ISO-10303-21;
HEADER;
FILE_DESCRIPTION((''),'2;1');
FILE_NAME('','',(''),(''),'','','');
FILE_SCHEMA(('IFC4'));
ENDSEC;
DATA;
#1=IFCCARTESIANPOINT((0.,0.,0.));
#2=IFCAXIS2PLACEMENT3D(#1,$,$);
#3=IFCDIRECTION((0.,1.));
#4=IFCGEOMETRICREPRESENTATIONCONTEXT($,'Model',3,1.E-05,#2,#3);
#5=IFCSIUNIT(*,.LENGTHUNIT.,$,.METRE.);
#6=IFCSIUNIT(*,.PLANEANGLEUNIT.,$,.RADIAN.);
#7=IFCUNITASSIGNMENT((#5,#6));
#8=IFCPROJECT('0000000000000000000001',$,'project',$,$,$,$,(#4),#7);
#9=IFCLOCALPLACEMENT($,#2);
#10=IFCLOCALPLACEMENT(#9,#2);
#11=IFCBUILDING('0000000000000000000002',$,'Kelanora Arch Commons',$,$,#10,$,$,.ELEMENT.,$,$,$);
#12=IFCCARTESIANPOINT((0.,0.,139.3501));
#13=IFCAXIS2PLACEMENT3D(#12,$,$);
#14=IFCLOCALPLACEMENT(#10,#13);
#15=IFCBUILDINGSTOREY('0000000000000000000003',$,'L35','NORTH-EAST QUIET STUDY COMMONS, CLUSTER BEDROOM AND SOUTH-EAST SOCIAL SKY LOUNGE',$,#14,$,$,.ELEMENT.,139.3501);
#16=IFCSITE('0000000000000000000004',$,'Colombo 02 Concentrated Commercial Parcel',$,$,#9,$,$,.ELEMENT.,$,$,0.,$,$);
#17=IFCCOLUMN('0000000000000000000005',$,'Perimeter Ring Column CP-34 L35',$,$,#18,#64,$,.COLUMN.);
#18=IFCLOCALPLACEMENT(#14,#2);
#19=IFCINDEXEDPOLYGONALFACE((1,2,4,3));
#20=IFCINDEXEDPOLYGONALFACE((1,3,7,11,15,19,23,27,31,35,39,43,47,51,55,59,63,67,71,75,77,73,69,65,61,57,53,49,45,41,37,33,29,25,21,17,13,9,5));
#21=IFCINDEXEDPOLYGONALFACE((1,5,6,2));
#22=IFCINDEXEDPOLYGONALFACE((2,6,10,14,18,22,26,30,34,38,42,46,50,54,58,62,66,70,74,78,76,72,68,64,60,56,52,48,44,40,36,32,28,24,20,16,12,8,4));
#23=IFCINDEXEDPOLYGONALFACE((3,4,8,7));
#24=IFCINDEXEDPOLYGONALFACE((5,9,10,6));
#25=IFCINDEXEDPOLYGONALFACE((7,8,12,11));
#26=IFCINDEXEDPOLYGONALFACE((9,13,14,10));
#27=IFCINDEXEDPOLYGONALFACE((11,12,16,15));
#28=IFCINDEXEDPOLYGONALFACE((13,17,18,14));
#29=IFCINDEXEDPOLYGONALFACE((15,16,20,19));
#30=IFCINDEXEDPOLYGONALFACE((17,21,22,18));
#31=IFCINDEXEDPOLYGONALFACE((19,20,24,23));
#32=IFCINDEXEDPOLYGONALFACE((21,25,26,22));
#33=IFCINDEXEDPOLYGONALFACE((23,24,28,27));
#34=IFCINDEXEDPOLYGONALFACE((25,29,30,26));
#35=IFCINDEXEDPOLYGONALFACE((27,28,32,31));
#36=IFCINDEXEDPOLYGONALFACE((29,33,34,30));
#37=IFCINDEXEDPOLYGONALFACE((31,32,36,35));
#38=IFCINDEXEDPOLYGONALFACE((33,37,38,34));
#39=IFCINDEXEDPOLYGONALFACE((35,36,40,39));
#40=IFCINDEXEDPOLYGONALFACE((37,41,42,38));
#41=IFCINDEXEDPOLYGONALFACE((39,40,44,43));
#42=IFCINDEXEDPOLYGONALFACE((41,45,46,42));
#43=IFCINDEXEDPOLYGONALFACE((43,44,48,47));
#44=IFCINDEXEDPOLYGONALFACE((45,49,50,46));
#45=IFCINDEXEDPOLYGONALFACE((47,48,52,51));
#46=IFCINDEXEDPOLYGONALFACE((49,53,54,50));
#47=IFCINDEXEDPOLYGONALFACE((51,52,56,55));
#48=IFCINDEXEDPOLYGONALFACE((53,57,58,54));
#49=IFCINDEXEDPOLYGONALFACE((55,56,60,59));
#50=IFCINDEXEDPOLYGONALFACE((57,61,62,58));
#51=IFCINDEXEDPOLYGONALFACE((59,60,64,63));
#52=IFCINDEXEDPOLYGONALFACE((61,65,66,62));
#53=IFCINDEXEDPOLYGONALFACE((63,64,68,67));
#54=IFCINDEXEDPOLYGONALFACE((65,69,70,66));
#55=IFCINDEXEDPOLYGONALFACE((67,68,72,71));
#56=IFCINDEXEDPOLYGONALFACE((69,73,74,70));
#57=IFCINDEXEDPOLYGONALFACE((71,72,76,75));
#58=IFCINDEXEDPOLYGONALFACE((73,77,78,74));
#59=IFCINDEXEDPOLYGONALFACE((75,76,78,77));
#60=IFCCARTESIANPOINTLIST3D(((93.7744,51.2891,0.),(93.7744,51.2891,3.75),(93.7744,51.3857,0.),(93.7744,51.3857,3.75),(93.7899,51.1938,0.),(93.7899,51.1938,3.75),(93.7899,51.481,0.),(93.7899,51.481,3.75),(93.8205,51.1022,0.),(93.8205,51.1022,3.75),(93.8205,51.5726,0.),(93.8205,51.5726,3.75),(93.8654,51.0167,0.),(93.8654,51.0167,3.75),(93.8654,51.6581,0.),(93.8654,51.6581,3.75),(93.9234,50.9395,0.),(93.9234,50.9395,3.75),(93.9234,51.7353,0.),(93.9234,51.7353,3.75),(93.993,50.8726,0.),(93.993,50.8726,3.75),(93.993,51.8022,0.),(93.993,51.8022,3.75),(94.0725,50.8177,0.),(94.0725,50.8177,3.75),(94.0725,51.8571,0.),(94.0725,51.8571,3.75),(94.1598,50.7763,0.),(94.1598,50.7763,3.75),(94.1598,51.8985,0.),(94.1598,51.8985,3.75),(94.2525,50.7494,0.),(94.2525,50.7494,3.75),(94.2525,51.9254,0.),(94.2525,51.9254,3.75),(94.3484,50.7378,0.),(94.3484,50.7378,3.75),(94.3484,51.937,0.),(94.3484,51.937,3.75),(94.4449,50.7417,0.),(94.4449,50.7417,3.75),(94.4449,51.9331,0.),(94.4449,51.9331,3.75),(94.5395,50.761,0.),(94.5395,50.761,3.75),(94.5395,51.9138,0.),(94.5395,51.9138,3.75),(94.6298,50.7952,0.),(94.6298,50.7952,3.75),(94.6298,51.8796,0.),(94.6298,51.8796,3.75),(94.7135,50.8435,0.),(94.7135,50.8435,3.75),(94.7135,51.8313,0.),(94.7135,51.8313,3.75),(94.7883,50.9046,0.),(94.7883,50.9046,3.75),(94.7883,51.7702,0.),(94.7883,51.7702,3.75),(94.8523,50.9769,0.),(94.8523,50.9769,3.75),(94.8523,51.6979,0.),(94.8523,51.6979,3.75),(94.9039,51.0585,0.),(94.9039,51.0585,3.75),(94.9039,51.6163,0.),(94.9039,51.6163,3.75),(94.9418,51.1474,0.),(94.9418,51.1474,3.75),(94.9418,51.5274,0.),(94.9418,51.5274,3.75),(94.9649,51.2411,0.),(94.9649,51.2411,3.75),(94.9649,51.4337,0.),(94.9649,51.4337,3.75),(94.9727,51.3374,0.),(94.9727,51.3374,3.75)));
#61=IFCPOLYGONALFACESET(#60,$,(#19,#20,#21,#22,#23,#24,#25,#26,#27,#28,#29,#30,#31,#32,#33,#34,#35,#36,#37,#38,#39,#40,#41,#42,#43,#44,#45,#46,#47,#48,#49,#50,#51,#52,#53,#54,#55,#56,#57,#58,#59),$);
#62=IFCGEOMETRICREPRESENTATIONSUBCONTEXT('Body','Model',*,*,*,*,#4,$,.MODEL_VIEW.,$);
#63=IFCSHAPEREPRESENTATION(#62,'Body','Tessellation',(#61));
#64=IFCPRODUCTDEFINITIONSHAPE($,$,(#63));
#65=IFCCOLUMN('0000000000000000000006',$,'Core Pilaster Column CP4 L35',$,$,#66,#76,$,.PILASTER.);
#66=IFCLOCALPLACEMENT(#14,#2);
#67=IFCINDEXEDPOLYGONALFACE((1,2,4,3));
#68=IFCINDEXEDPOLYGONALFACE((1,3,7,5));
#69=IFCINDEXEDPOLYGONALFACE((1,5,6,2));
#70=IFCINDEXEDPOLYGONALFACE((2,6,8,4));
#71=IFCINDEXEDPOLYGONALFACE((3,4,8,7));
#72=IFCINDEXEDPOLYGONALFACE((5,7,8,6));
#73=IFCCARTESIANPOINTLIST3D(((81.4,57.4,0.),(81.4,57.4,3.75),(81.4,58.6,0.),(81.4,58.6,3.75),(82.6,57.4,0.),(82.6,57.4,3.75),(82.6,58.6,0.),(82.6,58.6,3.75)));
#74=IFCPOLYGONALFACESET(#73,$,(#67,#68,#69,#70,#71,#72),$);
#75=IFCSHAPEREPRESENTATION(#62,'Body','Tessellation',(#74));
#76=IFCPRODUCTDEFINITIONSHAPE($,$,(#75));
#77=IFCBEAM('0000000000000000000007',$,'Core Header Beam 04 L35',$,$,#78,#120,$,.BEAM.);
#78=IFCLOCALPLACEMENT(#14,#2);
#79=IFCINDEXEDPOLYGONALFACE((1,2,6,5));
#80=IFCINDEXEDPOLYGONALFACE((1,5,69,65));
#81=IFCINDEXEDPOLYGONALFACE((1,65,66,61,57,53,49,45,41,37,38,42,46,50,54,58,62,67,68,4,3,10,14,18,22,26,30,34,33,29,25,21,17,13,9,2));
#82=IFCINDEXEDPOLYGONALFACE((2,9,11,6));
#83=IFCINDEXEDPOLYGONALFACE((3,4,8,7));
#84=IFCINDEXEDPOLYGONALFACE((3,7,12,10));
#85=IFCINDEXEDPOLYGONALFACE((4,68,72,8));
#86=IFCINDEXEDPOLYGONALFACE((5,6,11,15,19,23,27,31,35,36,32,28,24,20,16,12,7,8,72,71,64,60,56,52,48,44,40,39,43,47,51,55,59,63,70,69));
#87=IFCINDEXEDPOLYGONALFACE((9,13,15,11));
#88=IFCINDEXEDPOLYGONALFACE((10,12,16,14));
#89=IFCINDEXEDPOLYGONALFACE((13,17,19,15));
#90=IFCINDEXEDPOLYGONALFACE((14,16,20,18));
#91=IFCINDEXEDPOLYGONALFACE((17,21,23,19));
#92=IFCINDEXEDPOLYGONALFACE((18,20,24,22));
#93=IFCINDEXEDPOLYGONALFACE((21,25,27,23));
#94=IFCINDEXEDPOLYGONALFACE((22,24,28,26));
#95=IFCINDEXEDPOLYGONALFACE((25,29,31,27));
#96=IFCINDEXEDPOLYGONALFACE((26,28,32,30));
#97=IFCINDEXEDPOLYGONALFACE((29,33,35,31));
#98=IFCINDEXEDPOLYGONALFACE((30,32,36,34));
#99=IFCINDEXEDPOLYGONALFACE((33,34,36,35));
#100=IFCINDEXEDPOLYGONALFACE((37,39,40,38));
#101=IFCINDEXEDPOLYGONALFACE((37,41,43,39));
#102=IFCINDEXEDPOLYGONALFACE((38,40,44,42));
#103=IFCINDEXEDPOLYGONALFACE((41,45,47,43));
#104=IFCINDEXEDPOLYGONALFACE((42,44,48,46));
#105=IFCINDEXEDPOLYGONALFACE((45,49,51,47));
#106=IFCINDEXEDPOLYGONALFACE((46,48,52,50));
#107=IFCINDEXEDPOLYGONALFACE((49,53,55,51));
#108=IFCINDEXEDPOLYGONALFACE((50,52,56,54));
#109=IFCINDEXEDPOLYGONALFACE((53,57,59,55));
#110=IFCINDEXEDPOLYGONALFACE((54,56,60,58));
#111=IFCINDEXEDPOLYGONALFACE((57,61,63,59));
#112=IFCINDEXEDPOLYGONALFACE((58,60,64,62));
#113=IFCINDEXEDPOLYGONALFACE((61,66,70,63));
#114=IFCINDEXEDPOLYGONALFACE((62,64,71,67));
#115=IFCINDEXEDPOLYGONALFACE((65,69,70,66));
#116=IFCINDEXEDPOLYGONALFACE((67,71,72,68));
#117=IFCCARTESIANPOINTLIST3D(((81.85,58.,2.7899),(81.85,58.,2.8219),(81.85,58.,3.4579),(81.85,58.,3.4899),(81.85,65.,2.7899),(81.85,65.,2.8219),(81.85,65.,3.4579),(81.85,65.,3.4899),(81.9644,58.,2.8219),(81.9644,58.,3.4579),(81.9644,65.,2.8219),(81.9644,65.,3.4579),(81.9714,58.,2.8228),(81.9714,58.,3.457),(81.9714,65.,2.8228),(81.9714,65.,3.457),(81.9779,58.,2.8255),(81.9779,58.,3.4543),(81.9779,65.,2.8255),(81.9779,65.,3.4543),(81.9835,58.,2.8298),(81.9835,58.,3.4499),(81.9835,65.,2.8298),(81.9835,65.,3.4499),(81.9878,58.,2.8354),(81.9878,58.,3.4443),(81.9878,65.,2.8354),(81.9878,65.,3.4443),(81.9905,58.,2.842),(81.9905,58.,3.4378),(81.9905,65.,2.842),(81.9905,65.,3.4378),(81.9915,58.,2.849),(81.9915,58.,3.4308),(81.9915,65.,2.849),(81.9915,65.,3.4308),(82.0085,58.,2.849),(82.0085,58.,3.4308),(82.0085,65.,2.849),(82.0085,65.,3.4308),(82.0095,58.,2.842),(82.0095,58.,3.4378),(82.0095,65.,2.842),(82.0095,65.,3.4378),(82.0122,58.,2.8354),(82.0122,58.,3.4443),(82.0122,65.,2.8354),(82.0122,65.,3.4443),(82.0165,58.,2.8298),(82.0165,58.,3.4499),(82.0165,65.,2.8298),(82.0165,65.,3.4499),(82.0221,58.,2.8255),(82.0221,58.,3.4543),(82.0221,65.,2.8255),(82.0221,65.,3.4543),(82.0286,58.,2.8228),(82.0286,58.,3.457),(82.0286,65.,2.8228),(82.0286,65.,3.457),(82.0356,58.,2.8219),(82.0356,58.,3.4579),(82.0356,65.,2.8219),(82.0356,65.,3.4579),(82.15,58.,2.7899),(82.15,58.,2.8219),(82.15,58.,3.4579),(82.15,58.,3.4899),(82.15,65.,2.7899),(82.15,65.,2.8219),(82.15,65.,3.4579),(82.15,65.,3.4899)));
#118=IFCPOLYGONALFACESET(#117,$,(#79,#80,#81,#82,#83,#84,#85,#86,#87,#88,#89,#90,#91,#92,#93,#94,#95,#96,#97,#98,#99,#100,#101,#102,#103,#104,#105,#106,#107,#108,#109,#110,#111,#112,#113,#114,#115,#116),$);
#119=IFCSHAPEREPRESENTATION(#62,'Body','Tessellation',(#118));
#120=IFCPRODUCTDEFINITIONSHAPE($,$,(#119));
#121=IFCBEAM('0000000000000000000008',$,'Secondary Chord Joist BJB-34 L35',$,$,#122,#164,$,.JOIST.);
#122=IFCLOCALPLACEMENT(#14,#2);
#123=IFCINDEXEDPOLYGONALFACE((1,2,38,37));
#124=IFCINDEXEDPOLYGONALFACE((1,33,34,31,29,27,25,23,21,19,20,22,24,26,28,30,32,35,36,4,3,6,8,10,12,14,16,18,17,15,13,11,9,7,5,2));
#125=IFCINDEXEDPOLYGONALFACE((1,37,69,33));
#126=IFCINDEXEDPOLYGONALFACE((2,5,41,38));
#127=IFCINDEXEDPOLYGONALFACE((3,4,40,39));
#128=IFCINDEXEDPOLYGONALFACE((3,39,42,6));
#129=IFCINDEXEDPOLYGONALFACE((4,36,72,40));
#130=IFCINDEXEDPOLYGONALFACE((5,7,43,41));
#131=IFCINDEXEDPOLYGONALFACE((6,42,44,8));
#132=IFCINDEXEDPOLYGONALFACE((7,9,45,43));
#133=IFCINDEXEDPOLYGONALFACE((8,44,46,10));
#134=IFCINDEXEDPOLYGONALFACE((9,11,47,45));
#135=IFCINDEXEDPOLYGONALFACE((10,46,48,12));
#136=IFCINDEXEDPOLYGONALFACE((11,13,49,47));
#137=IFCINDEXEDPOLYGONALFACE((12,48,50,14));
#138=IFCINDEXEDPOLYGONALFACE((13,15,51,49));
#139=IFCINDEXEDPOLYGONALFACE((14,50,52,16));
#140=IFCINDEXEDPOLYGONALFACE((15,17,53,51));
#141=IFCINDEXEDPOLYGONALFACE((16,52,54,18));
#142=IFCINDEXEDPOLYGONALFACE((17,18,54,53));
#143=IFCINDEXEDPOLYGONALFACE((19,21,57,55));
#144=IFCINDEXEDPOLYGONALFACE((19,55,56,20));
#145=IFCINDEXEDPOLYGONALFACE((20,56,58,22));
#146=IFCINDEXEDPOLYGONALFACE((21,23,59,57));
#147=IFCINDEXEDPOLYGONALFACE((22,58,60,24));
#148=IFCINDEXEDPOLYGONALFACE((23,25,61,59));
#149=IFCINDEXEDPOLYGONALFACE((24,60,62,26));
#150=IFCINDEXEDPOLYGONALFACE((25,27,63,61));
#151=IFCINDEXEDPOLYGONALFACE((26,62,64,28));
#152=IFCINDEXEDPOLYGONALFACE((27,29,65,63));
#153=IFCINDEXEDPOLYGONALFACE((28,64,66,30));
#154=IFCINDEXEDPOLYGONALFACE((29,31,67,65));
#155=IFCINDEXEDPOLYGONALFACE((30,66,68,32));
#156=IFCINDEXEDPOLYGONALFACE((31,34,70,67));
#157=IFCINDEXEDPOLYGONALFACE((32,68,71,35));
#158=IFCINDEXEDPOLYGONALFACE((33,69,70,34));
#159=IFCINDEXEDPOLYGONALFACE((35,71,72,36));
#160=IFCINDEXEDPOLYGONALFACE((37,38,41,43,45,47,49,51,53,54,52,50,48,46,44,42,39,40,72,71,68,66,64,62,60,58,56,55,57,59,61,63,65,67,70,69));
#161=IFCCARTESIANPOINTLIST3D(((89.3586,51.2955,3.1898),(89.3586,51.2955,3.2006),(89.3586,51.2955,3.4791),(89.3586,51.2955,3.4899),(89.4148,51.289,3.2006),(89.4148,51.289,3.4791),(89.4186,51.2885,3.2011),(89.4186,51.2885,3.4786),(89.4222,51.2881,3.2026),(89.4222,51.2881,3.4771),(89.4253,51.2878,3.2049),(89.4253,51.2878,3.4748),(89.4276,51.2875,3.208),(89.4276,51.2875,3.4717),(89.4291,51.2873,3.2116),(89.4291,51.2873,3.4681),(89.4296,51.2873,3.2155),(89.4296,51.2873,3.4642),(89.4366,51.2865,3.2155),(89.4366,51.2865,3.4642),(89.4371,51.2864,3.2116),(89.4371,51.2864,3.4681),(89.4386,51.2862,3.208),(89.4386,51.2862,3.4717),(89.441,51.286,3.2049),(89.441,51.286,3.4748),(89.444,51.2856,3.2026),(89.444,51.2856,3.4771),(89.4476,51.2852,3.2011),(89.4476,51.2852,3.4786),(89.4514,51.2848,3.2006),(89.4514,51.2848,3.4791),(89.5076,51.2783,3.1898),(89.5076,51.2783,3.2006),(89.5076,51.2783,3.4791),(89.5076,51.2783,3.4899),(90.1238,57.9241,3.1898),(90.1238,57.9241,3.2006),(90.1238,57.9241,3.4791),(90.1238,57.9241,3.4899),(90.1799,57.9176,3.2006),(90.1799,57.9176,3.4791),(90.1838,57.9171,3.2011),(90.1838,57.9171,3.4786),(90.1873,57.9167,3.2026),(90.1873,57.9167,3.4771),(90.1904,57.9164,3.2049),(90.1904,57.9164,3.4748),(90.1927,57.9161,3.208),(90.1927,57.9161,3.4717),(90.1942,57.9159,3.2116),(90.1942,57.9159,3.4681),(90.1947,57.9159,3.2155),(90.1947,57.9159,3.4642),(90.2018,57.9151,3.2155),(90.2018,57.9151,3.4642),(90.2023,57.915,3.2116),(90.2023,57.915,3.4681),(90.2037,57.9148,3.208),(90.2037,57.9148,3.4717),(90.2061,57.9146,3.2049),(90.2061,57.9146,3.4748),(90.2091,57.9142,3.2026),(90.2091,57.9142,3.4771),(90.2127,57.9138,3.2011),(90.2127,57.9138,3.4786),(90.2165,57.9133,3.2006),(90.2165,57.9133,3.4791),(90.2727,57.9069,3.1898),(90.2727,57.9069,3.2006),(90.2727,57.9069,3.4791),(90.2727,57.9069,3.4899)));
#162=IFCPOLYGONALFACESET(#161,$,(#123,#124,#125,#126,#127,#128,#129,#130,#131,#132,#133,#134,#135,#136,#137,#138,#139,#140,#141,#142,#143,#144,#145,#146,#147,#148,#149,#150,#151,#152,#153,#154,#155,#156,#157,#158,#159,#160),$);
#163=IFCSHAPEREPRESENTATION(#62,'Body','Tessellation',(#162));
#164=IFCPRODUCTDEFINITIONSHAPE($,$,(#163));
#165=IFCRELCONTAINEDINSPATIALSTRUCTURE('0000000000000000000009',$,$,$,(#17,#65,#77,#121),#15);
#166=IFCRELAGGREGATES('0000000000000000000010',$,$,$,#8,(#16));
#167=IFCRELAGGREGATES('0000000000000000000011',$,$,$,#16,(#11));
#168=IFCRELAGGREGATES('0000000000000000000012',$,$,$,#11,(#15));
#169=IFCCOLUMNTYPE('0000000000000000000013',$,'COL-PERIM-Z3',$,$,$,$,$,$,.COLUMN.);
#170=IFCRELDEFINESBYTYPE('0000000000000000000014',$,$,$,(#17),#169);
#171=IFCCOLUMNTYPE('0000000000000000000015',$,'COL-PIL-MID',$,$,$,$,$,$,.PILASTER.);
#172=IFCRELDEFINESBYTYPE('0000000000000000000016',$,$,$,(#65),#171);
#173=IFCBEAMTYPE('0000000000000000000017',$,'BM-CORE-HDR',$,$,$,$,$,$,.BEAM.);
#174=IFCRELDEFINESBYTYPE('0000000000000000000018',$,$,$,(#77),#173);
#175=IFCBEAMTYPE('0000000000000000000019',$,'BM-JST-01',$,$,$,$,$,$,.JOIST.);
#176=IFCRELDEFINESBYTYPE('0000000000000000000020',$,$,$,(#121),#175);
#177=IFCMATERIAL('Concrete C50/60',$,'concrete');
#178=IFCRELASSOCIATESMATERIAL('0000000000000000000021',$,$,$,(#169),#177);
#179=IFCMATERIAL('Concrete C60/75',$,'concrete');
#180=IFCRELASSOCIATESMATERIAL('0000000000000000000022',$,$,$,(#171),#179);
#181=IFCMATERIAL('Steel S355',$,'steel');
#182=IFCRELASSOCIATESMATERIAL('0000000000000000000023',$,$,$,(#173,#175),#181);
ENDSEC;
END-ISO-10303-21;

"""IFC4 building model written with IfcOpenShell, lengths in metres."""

from ifc_helpers import new_model, si_unit, direction, frame, origin, origin_2d, place, context, subcontext, project, spatial, rectangle, circle, i_section, extrude, material, material_profile, profile_set, type_object, element, save


model = new_model("IFC4")

# Units and contexts
model_context = context("Model", 3, precision=1e-05, world=origin(), true_north=direction((0.0, 1.0)))
body_context = subcontext(model_context, "Body", "Model", "MODEL_VIEW")
ifc_project = project(units=[si_unit("LENGTHUNIT", "METRE"), si_unit("PLANEANGLEUNIT", "RADIAN")], contexts=[model_context])

# Site, building, storey
site_placement = place(None, origin())
site = spatial("IfcSite", under=ifc_project, at=site_placement, Name="Colombo 02 Concentrated Commercial Parcel", CompositionType="ELEMENT", RefElevation=0.0)
building_placement = place(site_placement, origin())
building = spatial("IfcBuilding", under=site, at=building_placement, Name="Kelanora Arch Commons", CompositionType="ELEMENT")
storey_placement = place(building_placement, frame((0.0, 0.0, 139.3501)))
storey = spatial("IfcBuildingStorey", under=building, at=storey_placement, Name="L35", Description="NORTH-EAST QUIET STUDY COMMONS, CLUSTER BEDROOM AND SOUTH-EAST SOCIAL SKY LOUNGE", CompositionType="ELEMENT", Elevation=139.3501)

# Columns
ifc_material_1 = material(Name="Concrete C50/60", Category="concrete")
ifc_material_profile_1 = material_profile(ifc_material_1, circle(Radius=0.6001, at=origin_2d()), Name="RCC1200")
ifc_profile_set_1 = profile_set([ifc_material_profile_1], Name="Concrete C50/60")
column_type_1 = type_object("IfcColumnType", Name="COL-PERIM-Z3", PredefinedType="COLUMN", material=ifc_profile_set_1)
column_1_placement = place(storey_placement, frame((94.3726, 51.3374, 0.0), z_axis=(0.0, 0.0, 1.0), x_axis=(1.0, 0.0, 0.0)))
element("IfcColumn", 1, at=column_1_placement, inside=storey, type_object=column_type_1, Name="Perimeter Ring Column CP-34 L35", PredefinedType="COLUMN", context=body_context, shape_type="SweptSolid", body=[
    extrude(circle(Radius=0.6001, at=origin_2d()), origin(), (0.0, 0.0, 1.0), 3.75),
])
ifc_material_2 = material(Name="Concrete C60/75", Category="concrete")
ifc_material_profile_2 = material_profile(ifc_material_2, rectangle(XDim=1.2, YDim=1.2, at=origin_2d()), Name="RC1200x1200")
ifc_profile_set_2 = profile_set([ifc_material_profile_2], Name="Concrete C60/75")
column_type_2 = type_object("IfcColumnType", Name="COL-PIL-MID", PredefinedType="PILASTER", material=ifc_profile_set_2)
column_2_placement = place(storey_placement, frame((82.0, 58.0, 0.0), z_axis=(0.0, 0.0, 1.0), x_axis=(1.0, 0.0, 0.0)))
element("IfcColumn", 2, at=column_2_placement, inside=storey, type_object=column_type_2, Name="Core Pilaster Column CP4 L35", PredefinedType="PILASTER", context=body_context, shape_type="SweptSolid", body=[
    extrude(rectangle(XDim=1.2, YDim=1.2, at=origin_2d()), origin(), (0.0, 0.0, 1.0), 3.75),
])

# Beams
ifc_material_3 = material(Name="Steel S355", Category="steel")
ifc_material_profile_3 = material_profile(ifc_material_3, i_section(OverallWidth=0.3, OverallDepth=0.7, WebThickness=0.0171, FlangeThickness=0.032, FilletRadius=0.0271, at=origin_2d()), Name="HEB700")
ifc_profile_set_3 = profile_set([ifc_material_profile_3], Name="Steel S355")
beam_type_1 = type_object("IfcBeamType", Name="BM-CORE-HDR", PredefinedType="BEAM", material=ifc_profile_set_3)
beam_1_placement = place(storey_placement, frame((82.0, 58.0, 3.1399), z_axis=(0.0, 1.0, 0.0), x_axis=(-1.0, 0.0, 0.0)))
element("IfcBeam", 3, at=beam_1_placement, inside=storey, type_object=beam_type_1, Name="Core Header Beam 04 L35", PredefinedType="BEAM", context=body_context, shape_type="SweptSolid", body=[
    extrude(i_section(OverallWidth=0.3, OverallDepth=0.7, WebThickness=0.0171, FlangeThickness=0.032, FilletRadius=0.0271, at=origin_2d()), origin(), (0.0, 0.0, 1.0), 7.0),
])
ifc_material_profile_4 = material_profile(ifc_material_3, i_section(OverallWidth=0.1499, OverallDepth=0.3, WebThickness=0.0071, FlangeThickness=0.0107, FilletRadius=0.0149, at=origin_2d()), Name="IPE300")
ifc_profile_set_4 = profile_set([ifc_material_profile_4], Name="Steel S355")
beam_type_2 = type_object("IfcBeamType", Name="BM-JST-01", PredefinedType="JOIST", material=ifc_profile_set_4)
beam_2_placement = place(storey_placement, frame((89.4331, 51.2869, 3.3398), z_axis=(0.114667, 0.993404, 0.0), x_axis=(-0.993404, 0.114667, 0.0)))
element("IfcBeam", 4, at=beam_2_placement, inside=storey, type_object=beam_type_2, Name="Secondary Chord Joist BJB-34 L35", PredefinedType="JOIST", context=body_context, shape_type="SweptSolid", body=[
    extrude(i_section(OverallWidth=0.1499, OverallDepth=0.3, WebThickness=0.0071, FlangeThickness=0.0107, FilletRadius=0.0149, at=origin_2d()), origin(), (0.0, 0.0, 1.0), 6.6726),
])

save(model, "model.ifc")
